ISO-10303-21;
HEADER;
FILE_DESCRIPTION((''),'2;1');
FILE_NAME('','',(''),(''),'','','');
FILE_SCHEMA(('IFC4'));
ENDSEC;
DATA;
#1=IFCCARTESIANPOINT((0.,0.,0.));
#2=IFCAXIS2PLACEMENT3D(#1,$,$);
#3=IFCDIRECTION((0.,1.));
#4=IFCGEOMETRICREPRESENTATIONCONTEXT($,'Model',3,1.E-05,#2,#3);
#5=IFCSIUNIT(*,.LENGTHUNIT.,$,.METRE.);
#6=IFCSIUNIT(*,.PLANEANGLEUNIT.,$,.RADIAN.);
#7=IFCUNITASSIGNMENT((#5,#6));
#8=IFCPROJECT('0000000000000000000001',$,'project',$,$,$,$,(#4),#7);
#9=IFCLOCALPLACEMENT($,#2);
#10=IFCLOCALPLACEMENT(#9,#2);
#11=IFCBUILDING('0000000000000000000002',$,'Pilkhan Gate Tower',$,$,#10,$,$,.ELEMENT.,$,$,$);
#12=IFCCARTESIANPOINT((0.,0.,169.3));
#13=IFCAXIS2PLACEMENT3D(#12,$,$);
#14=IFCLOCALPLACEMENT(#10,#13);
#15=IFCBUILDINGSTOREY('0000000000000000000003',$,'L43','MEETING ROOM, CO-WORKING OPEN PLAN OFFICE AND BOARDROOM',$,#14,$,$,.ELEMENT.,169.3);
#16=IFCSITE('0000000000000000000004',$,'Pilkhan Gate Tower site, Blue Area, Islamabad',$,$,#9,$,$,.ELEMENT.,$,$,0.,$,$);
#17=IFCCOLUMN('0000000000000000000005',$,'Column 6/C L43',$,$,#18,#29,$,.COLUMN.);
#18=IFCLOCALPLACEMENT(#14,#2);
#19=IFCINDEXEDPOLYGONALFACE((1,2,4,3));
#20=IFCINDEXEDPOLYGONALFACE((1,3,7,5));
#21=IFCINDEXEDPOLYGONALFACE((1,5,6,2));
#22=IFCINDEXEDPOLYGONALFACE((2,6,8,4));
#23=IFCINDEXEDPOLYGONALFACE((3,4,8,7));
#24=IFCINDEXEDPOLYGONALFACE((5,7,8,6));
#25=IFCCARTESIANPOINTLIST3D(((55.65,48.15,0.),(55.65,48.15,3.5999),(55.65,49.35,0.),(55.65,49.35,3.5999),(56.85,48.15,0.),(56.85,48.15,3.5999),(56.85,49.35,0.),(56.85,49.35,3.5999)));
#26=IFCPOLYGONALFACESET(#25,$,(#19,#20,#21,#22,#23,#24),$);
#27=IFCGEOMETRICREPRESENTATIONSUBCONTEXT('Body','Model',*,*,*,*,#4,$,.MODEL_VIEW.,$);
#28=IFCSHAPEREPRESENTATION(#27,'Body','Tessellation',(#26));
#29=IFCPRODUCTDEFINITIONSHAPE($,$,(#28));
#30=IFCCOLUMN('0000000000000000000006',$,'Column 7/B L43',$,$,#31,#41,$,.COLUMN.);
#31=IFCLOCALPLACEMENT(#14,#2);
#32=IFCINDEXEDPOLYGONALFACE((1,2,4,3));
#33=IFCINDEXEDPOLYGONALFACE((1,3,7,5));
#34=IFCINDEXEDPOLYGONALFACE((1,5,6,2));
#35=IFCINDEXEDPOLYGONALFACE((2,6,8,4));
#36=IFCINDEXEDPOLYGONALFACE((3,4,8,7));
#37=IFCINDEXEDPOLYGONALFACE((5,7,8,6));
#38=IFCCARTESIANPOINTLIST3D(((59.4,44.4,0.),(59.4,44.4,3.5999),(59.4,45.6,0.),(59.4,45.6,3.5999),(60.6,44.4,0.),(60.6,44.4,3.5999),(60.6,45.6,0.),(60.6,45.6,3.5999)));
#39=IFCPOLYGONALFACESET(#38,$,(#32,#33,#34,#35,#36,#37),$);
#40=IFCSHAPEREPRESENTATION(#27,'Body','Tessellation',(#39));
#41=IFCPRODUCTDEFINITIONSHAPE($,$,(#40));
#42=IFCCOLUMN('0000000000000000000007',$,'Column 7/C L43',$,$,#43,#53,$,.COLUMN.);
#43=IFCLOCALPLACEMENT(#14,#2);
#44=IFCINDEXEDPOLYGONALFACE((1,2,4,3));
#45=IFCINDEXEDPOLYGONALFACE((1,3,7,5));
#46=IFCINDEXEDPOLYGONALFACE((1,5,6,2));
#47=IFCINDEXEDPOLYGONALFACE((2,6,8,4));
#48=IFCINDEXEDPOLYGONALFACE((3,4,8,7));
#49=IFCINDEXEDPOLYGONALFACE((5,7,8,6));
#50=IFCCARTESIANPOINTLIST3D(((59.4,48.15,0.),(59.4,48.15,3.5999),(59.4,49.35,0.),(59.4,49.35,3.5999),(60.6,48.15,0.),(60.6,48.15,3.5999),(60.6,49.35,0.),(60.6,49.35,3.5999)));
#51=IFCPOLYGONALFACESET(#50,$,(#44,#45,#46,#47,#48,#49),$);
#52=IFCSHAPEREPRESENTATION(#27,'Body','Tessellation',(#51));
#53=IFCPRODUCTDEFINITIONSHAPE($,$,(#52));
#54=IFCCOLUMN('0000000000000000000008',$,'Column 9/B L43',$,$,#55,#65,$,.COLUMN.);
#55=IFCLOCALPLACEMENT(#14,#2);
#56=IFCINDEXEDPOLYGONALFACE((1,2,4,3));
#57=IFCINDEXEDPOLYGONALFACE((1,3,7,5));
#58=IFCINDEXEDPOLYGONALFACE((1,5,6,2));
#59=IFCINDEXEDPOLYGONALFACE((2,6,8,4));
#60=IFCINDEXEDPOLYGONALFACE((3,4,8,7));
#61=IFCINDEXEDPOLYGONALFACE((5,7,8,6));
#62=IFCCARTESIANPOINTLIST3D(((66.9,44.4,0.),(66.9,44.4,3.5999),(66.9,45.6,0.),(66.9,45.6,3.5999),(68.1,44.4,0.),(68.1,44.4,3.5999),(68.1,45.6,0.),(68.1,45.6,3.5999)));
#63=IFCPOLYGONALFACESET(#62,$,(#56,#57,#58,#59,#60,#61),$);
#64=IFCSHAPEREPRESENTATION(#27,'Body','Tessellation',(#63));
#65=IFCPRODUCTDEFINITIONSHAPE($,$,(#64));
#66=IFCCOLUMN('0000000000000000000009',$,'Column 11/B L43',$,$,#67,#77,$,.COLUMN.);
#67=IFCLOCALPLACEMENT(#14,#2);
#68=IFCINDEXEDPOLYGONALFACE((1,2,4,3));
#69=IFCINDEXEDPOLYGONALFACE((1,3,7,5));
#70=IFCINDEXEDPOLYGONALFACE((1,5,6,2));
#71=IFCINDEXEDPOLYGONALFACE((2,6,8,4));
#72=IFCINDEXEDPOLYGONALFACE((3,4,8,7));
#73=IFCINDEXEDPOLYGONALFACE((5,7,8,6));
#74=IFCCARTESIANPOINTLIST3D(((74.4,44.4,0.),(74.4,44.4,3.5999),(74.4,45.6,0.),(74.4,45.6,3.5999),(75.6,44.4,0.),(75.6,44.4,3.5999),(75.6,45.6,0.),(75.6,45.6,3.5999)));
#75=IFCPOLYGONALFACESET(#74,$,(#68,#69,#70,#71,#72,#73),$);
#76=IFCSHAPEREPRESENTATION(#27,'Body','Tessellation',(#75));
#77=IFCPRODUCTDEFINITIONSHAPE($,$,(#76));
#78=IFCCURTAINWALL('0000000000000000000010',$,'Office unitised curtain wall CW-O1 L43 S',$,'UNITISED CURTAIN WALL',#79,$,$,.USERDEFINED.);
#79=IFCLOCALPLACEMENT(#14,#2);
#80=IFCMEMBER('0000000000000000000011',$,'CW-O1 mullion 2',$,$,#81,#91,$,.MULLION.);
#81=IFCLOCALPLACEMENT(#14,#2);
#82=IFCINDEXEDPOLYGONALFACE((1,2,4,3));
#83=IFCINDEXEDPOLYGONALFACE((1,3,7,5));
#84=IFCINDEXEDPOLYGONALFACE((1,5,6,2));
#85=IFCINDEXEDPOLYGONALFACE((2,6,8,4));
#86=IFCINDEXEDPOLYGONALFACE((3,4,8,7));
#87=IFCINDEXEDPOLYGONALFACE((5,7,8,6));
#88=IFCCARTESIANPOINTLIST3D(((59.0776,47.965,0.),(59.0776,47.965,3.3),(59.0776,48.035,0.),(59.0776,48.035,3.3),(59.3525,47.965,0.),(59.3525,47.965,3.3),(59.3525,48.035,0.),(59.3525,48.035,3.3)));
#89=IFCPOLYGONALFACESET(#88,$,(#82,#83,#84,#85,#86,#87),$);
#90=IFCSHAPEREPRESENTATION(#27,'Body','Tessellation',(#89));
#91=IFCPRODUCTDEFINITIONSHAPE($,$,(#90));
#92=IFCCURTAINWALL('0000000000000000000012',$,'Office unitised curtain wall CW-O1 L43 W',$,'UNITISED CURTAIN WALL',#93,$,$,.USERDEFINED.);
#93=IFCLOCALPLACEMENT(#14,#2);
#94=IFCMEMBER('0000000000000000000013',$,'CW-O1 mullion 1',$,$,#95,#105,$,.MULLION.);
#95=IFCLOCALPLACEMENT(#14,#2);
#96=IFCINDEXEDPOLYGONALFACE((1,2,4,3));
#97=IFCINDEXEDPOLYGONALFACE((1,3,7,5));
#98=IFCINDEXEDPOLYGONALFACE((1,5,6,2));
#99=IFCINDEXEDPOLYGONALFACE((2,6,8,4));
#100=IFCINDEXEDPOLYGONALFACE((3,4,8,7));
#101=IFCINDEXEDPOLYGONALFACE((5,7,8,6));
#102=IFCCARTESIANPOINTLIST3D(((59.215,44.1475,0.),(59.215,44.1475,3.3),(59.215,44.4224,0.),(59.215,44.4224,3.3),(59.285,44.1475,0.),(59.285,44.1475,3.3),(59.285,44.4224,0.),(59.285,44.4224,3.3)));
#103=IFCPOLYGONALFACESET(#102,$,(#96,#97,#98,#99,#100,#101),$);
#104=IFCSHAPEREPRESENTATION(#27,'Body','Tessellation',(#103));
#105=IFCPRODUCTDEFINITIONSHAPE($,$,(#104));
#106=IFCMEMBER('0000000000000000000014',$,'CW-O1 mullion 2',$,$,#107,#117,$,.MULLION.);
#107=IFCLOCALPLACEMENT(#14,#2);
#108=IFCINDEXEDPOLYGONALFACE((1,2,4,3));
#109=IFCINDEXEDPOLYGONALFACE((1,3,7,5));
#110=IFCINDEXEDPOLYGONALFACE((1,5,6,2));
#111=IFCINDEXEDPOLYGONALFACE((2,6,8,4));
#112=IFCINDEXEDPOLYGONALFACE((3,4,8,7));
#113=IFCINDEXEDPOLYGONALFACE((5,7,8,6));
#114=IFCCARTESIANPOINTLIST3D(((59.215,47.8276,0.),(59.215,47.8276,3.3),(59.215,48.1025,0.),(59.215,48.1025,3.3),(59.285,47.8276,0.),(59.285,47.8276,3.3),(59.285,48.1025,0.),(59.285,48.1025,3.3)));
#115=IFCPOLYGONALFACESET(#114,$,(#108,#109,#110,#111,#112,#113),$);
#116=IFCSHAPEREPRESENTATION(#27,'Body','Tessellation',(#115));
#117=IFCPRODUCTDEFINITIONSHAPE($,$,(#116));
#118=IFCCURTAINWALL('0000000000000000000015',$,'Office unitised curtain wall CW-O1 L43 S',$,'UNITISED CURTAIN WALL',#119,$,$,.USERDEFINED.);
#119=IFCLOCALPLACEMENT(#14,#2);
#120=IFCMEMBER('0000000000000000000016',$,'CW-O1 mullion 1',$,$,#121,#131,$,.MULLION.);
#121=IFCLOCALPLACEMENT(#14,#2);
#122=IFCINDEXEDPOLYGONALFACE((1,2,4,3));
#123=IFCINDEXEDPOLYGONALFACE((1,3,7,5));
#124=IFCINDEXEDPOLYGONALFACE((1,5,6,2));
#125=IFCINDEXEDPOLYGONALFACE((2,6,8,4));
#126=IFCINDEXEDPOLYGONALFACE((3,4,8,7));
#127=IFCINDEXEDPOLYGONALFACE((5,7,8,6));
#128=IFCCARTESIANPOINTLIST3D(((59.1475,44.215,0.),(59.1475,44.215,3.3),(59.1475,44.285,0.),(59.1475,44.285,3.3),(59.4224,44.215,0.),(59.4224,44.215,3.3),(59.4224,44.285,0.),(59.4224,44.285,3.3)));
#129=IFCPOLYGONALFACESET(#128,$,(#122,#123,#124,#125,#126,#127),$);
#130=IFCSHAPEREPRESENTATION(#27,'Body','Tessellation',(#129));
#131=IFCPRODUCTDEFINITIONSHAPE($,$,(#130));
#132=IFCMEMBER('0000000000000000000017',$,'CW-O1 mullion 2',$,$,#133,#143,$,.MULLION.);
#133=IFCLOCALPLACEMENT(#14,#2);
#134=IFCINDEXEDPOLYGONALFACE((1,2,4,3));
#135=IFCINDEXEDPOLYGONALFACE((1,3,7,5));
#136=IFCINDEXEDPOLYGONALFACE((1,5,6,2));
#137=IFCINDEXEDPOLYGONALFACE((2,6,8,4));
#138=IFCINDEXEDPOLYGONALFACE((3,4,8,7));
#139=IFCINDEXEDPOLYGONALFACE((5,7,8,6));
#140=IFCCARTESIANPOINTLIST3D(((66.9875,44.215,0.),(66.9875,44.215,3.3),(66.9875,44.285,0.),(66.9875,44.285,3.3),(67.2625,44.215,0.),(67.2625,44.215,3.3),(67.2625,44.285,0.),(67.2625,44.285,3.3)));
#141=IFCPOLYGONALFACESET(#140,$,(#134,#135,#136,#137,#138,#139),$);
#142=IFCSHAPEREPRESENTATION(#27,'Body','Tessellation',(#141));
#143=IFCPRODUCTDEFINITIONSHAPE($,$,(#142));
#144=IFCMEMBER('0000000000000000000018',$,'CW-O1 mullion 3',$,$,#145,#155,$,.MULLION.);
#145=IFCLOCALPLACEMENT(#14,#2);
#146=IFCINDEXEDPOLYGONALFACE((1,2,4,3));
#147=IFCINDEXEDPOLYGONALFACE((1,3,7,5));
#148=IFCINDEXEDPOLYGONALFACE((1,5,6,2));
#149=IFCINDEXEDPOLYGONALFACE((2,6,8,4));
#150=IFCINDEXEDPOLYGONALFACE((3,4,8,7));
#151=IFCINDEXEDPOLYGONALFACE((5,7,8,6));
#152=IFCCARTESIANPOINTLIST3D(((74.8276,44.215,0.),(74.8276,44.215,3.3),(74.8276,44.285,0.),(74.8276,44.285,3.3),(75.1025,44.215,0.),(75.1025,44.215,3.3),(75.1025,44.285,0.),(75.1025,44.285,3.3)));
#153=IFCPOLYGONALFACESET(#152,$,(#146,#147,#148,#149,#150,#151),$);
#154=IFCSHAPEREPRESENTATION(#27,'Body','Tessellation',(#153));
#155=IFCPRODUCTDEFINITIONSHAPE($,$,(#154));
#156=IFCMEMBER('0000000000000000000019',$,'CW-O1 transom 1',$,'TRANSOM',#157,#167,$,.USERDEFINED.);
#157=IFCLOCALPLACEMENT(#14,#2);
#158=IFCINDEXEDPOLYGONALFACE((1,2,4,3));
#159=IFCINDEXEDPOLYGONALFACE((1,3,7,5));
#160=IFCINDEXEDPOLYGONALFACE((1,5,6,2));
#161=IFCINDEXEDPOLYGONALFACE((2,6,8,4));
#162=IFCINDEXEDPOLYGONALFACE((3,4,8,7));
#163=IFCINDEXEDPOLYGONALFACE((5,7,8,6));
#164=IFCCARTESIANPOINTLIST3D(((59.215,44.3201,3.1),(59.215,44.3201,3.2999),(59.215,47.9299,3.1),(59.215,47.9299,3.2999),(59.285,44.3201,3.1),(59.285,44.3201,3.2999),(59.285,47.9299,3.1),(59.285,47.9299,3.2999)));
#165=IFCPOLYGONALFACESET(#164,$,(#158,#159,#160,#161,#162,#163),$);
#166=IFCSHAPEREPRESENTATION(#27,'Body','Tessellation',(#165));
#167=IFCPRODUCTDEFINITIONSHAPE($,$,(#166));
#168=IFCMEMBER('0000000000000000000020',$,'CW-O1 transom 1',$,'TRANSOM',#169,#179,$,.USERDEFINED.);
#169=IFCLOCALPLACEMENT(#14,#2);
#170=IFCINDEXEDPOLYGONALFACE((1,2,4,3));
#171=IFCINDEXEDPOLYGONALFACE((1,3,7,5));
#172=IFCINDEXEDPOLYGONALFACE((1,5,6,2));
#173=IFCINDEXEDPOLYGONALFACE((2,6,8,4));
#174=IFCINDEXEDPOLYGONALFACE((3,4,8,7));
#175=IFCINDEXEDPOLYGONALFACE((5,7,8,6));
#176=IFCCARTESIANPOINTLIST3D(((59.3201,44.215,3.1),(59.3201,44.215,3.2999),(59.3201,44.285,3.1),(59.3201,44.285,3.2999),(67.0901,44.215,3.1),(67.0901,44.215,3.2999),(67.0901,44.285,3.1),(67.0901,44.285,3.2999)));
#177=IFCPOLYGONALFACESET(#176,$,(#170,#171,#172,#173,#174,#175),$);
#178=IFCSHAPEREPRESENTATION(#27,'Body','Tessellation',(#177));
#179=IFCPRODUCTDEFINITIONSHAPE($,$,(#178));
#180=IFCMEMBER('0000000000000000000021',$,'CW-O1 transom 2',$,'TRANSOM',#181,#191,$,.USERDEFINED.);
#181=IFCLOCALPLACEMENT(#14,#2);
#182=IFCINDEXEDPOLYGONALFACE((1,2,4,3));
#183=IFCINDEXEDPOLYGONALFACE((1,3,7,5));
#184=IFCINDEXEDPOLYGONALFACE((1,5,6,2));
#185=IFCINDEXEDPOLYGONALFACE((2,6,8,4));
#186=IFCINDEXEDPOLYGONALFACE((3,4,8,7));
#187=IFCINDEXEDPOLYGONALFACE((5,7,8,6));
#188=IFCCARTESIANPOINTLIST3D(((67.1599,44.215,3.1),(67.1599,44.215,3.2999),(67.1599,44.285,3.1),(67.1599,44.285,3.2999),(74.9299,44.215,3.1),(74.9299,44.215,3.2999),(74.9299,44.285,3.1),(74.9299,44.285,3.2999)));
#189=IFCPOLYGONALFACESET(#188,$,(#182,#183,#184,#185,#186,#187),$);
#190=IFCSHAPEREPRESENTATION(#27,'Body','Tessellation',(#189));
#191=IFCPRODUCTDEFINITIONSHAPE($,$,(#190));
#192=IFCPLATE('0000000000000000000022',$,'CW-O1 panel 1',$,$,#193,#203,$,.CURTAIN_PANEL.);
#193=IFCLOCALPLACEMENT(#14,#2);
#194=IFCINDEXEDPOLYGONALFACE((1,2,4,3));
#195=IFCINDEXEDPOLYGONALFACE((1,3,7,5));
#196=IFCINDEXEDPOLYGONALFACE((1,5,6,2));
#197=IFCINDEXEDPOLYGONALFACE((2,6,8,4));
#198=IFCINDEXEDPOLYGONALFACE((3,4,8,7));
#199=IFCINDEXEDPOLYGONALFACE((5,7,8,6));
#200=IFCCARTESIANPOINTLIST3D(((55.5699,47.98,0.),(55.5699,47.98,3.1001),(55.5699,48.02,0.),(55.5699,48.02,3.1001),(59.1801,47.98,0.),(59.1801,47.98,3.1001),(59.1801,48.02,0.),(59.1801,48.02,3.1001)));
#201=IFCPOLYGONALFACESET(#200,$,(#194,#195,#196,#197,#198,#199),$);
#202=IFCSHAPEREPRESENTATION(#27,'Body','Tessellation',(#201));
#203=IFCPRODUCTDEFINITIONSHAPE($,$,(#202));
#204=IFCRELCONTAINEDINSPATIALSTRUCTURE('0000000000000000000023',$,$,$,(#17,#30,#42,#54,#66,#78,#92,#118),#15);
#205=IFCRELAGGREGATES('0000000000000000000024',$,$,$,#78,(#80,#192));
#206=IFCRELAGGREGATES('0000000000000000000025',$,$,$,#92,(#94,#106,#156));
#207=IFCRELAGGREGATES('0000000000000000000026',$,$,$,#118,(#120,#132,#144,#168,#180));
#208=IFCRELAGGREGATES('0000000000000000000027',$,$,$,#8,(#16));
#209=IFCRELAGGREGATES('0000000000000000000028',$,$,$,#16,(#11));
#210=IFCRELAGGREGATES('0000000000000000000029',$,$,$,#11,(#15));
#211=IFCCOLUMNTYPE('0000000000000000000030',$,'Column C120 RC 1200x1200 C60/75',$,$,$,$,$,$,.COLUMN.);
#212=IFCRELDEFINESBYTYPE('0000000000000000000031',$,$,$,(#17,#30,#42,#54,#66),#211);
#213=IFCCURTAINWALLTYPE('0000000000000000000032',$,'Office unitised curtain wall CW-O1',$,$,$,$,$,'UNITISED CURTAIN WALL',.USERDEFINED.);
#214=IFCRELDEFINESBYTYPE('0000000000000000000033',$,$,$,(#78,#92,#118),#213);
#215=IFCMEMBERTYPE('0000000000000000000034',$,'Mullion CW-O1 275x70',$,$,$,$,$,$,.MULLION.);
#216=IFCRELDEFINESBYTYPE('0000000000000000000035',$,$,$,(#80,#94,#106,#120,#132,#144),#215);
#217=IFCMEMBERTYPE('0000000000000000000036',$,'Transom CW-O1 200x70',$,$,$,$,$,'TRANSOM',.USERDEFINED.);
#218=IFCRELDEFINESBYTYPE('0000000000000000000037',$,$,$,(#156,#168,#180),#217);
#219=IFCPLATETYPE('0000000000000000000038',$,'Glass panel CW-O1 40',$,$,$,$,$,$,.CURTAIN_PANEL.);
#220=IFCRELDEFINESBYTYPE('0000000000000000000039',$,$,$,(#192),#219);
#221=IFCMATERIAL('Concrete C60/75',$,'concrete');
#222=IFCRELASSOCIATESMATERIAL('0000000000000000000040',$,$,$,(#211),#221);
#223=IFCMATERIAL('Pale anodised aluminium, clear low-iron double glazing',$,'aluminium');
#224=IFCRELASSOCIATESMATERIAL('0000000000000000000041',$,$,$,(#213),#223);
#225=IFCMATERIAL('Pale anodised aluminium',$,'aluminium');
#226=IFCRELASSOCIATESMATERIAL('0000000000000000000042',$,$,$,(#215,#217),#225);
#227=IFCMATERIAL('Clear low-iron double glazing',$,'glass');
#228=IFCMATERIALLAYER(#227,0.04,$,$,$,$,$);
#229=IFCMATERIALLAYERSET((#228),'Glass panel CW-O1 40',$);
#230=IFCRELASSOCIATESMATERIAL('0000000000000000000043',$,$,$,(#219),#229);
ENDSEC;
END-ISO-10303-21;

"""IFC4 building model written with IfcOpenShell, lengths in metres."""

from ifc_helpers import new_model, si_unit, direction, frame, origin, origin_2d, place, context, subcontext, project, spatial, rectangle, extrude, material, layer, layer_set, material_profile, profile_set, type_object, element, aggregate, save


model = new_model("IFC4")

# Units and contexts
model_context = context("Model", 3, precision=1e-05, world=origin(), true_north=direction((0.0, 1.0)))
body_context = subcontext(model_context, "Body", "Model", "MODEL_VIEW")
ifc_project = project(units=[si_unit("LENGTHUNIT", "METRE"), si_unit("PLANEANGLEUNIT", "RADIAN")], contexts=[model_context])

# Site, building, storey
site_placement = place(None, origin())
site = spatial("IfcSite", under=ifc_project, at=site_placement, Name="Pilkhan Gate Tower site, Blue Area, Islamabad", CompositionType="ELEMENT", RefElevation=0.0)
building_placement = place(site_placement, origin())
building = spatial("IfcBuilding", under=site, at=building_placement, Name="Pilkhan Gate Tower", CompositionType="ELEMENT")
storey_placement = place(building_placement, frame((0.0, 0.0, 169.3)))
storey = spatial("IfcBuildingStorey", under=building, at=storey_placement, Name="L43", Description="MEETING ROOM, CO-WORKING OPEN PLAN OFFICE AND BOARDROOM", CompositionType="ELEMENT", Elevation=169.3)

# Columns
ifc_material_1 = material(Name="Concrete C60/75", Category="concrete")
ifc_material_profile_1 = material_profile(ifc_material_1, rectangle(XDim=1.2, YDim=1.2, at=origin_2d()), Name="RC 1200x1200")
ifc_profile_set_1 = profile_set([ifc_material_profile_1], Name="Concrete C60/75")
column_type = type_object("IfcColumnType", Name="Column C120 RC 1200x1200 C60/75", PredefinedType="COLUMN", material=ifc_profile_set_1)
for number, where, z_axis, x_axis, name in (
    (1, (56.25, 48.75, 0.0), (0.0, 0.0, 1.0), (1.0, 0.0, 0.0), "Column 6/C L43"),
    (2, (60.0, 45.0, 0.0), (0.0, 0.0, 1.0), (1.0, 0.0, 0.0), "Column 7/B L43"),
    (3, (60.0, 48.75, 0.0), (0.0, 0.0, 1.0), (1.0, 0.0, 0.0), "Column 7/C L43"),
    (4, (67.5, 45.0, 0.0), (0.0, 0.0, 1.0), (1.0, 0.0, 0.0), "Column 9/B L43"),
    (5, (75.0, 45.0, 0.0), (0.0, 0.0, 1.0), (1.0, 0.0, 0.0), "Column 11/B L43"),
):
    element("IfcColumn", number, at=place(storey_placement, frame(where, z_axis=z_axis, x_axis=x_axis)), inside=storey, type_object=column_type, Name=name, PredefinedType="COLUMN", context=body_context, shape_type="SweptSolid", body=[
        extrude(rectangle(XDim=1.2, YDim=1.2, at=origin_2d()), origin(), (0.0, 0.0, 1.0), 3.5999),
    ])

# Curtain wall, member
ifc_material_2 = material(Name="Pale anodised aluminium, clear low-iron double glazing", Category="aluminium")
curtain_wall_type = type_object("IfcCurtainWallType", Name="Office unitised curtain wall CW-O1", ElementType="UNITISED CURTAIN WALL", PredefinedType="USERDEFINED", material=ifc_material_2)
curtain_wall_1_placement = place(storey_placement, origin())
curtain_wall_1 = element("IfcCurtainWall", 6, at=curtain_wall_1_placement, inside=storey, type_object=curtain_wall_type, Name="Office unitised curtain wall CW-O1 L43 S", ObjectType="UNITISED CURTAIN WALL", PredefinedType="USERDEFINED")
ifc_material_3 = material(Name="Pale anodised aluminium", Category="aluminium")
ifc_material_profile_2 = material_profile(ifc_material_3, rectangle(XDim=0.0701, YDim=0.2749, at=origin_2d()), Name="Mullion 275x70")
ifc_profile_set_2 = profile_set([ifc_material_profile_2], Name="Pale anodised aluminium")
member_type_1 = type_object("IfcMemberType", Name="Mullion CW-O1 275x70", PredefinedType="MULLION", material=ifc_profile_set_2)
member_1_placement = place(storey_placement, frame((59.2151, 48.0, 0.0), z_axis=(0.0, 0.0, 1.0), x_axis=(0.0, 1.0, 0.0)))
member_1 = element("IfcMember", 7, at=member_1_placement, type_object=member_type_1, Name="CW-O1 mullion 2", PredefinedType="MULLION", context=body_context, shape_type="SweptSolid", body=[
    extrude(rectangle(XDim=0.0701, YDim=0.2749, at=origin_2d()), origin(), (0.0, 0.0, 1.0), 3.3),
])

# Curtain walls, members
curtain_wall_2_placement = place(storey_placement, origin())
curtain_wall_2 = element("IfcCurtainWall", 8, at=curtain_wall_2_placement, inside=storey, type_object=curtain_wall_type, Name="Office unitised curtain wall CW-O1 L43 W", ObjectType="UNITISED CURTAIN WALL", PredefinedType="USERDEFINED")
member_2_placement = place(storey_placement, frame((59.25, 44.2849, 0.0), z_axis=(0.0, 0.0, 1.0), x_axis=(-1.0, 0.0, 0.0)))
member_2 = element("IfcMember", 9, at=member_2_placement, type_object=member_type_1, Name="CW-O1 mullion 1", PredefinedType="MULLION", context=body_context, shape_type="SweptSolid", body=[
    extrude(rectangle(XDim=0.0701, YDim=0.2749, at=origin_2d()), origin(), (0.0, 0.0, 1.0), 3.3),
])
member_3_placement = place(storey_placement, frame((59.25, 47.9651, 0.0), z_axis=(0.0, 0.0, 1.0), x_axis=(-1.0, 0.0, 0.0)))
member_3 = element("IfcMember", 10, at=member_3_placement, type_object=member_type_1, Name="CW-O1 mullion 2", PredefinedType="MULLION", context=body_context, shape_type="SweptSolid", body=[
    extrude(rectangle(XDim=0.0701, YDim=0.2749, at=origin_2d()), origin(), (0.0, 0.0, 1.0), 3.3),
])
curtain_wall_3_placement = place(storey_placement, origin())
curtain_wall_3 = element("IfcCurtainWall", 11, at=curtain_wall_3_placement, inside=storey, type_object=curtain_wall_type, Name="Office unitised curtain wall CW-O1 L43 S", ObjectType="UNITISED CURTAIN WALL", PredefinedType="USERDEFINED")
member_4_placement = place(storey_placement, frame((59.2849, 44.25, 0.0), z_axis=(0.0, 0.0, 1.0), x_axis=(0.0, 1.0, 0.0)))
member_4 = element("IfcMember", 12, at=member_4_placement, type_object=member_type_1, Name="CW-O1 mullion 1", PredefinedType="MULLION", context=body_context, shape_type="SweptSolid", body=[
    extrude(rectangle(XDim=0.0701, YDim=0.2749, at=origin_2d()), origin(), (0.0, 0.0, 1.0), 3.3),
])
member_5_placement = place(storey_placement, frame((67.125, 44.25, 0.0), z_axis=(0.0, 0.0, 1.0), x_axis=(0.0, 1.0, 0.0)))
member_5 = element("IfcMember", 13, at=member_5_placement, type_object=member_type_1, Name="CW-O1 mullion 2", PredefinedType="MULLION", context=body_context, shape_type="SweptSolid", body=[
    extrude(rectangle(XDim=0.0701, YDim=0.2749, at=origin_2d()), origin(), (0.0, 0.0, 1.0), 3.3),
])
member_6_placement = place(storey_placement, frame((74.9651, 44.25, 0.0), z_axis=(0.0, 0.0, 1.0), x_axis=(0.0, 1.0, 0.0)))
member_6 = element("IfcMember", 14, at=member_6_placement, type_object=member_type_1, Name="CW-O1 mullion 3", PredefinedType="MULLION", context=body_context, shape_type="SweptSolid", body=[
    extrude(rectangle(XDim=0.0701, YDim=0.2749, at=origin_2d()), origin(), (0.0, 0.0, 1.0), 3.3),
])

# Members
ifc_material_profile_3 = material_profile(ifc_material_3, rectangle(XDim=0.0701, YDim=0.2, at=origin_2d()), Name="Transom 200x70")
ifc_profile_set_3 = profile_set([ifc_material_profile_3], Name="Pale anodised aluminium")
member_type_2 = type_object("IfcMemberType", Name="Transom CW-O1 200x70", ElementType="TRANSOM", PredefinedType="USERDEFINED", material=ifc_profile_set_3)
member_7_placement = place(storey_placement, frame((59.25, 44.3201, 3.2), z_axis=(0.0, 1.0, 0.0), x_axis=(-1.0, 0.0, 0.0)))
member_7 = element("IfcMember", 15, at=member_7_placement, type_object=member_type_2, Name="CW-O1 transom 1", ObjectType="TRANSOM", PredefinedType="USERDEFINED", context=body_context, shape_type="SweptSolid", body=[
    extrude(rectangle(XDim=0.0701, YDim=0.2, at=origin_2d()), origin(), (0.0, 0.0, 1.0), 3.6099),
])
member_8_placement = place(storey_placement, frame((59.3201, 44.25, 3.2), z_axis=(1.0, 0.0, 0.0), x_axis=(0.0, 1.0, 0.0)))
member_8 = element("IfcMember", 16, at=member_8_placement, type_object=member_type_2, Name="CW-O1 transom 1", ObjectType="TRANSOM", PredefinedType="USERDEFINED", context=body_context, shape_type="SweptSolid", body=[
    extrude(rectangle(XDim=0.0701, YDim=0.2, at=origin_2d()), origin(), (0.0, 0.0, 1.0), 7.77),
])
member_9_placement = place(storey_placement, frame((67.1599, 44.25, 3.2), z_axis=(1.0, 0.0, 0.0), x_axis=(0.0, 1.0, 0.0)))
member_9 = element("IfcMember", 17, at=member_9_placement, type_object=member_type_2, Name="CW-O1 transom 2", ObjectType="TRANSOM", PredefinedType="USERDEFINED", context=body_context, shape_type="SweptSolid", body=[
    extrude(rectangle(XDim=0.0701, YDim=0.2, at=origin_2d()), origin(), (0.0, 0.0, 1.0), 7.77),
])

# Plate
ifc_material_4 = material(Name="Clear low-iron double glazing", Category="glass")
ifc_layer = layer(ifc_material_4, 0.04)
ifc_layer_set = layer_set([ifc_layer], Name="Glass panel CW-O1 40")
plate_type = type_object("IfcPlateType", Name="Glass panel CW-O1 40", PredefinedType="CURTAIN_PANEL", material=ifc_layer_set)
plate_1_placement = place(storey_placement, frame((57.375, 48.0, 0.0), z_axis=(0.0, 0.0, 1.0), x_axis=(1.0, 0.0, 0.0)))
plate_1 = element("IfcPlate", 18, at=plate_1_placement, type_object=plate_type, Name="CW-O1 panel 1", PredefinedType="CURTAIN_PANEL", context=body_context, shape_type="SweptSolid", body=[
    extrude(rectangle(XDim=3.6101, YDim=0.04, at=origin_2d()), origin(), (0.0, 0.0, 1.0), 3.1001),
])
aggregate(curtain_wall_1, [member_1, plate_1])
aggregate(curtain_wall_2, [member_2, member_3, member_7])
aggregate(curtain_wall_3, [member_4, member_5, member_6, member_8, member_9])

save(model, "model.ifc")
